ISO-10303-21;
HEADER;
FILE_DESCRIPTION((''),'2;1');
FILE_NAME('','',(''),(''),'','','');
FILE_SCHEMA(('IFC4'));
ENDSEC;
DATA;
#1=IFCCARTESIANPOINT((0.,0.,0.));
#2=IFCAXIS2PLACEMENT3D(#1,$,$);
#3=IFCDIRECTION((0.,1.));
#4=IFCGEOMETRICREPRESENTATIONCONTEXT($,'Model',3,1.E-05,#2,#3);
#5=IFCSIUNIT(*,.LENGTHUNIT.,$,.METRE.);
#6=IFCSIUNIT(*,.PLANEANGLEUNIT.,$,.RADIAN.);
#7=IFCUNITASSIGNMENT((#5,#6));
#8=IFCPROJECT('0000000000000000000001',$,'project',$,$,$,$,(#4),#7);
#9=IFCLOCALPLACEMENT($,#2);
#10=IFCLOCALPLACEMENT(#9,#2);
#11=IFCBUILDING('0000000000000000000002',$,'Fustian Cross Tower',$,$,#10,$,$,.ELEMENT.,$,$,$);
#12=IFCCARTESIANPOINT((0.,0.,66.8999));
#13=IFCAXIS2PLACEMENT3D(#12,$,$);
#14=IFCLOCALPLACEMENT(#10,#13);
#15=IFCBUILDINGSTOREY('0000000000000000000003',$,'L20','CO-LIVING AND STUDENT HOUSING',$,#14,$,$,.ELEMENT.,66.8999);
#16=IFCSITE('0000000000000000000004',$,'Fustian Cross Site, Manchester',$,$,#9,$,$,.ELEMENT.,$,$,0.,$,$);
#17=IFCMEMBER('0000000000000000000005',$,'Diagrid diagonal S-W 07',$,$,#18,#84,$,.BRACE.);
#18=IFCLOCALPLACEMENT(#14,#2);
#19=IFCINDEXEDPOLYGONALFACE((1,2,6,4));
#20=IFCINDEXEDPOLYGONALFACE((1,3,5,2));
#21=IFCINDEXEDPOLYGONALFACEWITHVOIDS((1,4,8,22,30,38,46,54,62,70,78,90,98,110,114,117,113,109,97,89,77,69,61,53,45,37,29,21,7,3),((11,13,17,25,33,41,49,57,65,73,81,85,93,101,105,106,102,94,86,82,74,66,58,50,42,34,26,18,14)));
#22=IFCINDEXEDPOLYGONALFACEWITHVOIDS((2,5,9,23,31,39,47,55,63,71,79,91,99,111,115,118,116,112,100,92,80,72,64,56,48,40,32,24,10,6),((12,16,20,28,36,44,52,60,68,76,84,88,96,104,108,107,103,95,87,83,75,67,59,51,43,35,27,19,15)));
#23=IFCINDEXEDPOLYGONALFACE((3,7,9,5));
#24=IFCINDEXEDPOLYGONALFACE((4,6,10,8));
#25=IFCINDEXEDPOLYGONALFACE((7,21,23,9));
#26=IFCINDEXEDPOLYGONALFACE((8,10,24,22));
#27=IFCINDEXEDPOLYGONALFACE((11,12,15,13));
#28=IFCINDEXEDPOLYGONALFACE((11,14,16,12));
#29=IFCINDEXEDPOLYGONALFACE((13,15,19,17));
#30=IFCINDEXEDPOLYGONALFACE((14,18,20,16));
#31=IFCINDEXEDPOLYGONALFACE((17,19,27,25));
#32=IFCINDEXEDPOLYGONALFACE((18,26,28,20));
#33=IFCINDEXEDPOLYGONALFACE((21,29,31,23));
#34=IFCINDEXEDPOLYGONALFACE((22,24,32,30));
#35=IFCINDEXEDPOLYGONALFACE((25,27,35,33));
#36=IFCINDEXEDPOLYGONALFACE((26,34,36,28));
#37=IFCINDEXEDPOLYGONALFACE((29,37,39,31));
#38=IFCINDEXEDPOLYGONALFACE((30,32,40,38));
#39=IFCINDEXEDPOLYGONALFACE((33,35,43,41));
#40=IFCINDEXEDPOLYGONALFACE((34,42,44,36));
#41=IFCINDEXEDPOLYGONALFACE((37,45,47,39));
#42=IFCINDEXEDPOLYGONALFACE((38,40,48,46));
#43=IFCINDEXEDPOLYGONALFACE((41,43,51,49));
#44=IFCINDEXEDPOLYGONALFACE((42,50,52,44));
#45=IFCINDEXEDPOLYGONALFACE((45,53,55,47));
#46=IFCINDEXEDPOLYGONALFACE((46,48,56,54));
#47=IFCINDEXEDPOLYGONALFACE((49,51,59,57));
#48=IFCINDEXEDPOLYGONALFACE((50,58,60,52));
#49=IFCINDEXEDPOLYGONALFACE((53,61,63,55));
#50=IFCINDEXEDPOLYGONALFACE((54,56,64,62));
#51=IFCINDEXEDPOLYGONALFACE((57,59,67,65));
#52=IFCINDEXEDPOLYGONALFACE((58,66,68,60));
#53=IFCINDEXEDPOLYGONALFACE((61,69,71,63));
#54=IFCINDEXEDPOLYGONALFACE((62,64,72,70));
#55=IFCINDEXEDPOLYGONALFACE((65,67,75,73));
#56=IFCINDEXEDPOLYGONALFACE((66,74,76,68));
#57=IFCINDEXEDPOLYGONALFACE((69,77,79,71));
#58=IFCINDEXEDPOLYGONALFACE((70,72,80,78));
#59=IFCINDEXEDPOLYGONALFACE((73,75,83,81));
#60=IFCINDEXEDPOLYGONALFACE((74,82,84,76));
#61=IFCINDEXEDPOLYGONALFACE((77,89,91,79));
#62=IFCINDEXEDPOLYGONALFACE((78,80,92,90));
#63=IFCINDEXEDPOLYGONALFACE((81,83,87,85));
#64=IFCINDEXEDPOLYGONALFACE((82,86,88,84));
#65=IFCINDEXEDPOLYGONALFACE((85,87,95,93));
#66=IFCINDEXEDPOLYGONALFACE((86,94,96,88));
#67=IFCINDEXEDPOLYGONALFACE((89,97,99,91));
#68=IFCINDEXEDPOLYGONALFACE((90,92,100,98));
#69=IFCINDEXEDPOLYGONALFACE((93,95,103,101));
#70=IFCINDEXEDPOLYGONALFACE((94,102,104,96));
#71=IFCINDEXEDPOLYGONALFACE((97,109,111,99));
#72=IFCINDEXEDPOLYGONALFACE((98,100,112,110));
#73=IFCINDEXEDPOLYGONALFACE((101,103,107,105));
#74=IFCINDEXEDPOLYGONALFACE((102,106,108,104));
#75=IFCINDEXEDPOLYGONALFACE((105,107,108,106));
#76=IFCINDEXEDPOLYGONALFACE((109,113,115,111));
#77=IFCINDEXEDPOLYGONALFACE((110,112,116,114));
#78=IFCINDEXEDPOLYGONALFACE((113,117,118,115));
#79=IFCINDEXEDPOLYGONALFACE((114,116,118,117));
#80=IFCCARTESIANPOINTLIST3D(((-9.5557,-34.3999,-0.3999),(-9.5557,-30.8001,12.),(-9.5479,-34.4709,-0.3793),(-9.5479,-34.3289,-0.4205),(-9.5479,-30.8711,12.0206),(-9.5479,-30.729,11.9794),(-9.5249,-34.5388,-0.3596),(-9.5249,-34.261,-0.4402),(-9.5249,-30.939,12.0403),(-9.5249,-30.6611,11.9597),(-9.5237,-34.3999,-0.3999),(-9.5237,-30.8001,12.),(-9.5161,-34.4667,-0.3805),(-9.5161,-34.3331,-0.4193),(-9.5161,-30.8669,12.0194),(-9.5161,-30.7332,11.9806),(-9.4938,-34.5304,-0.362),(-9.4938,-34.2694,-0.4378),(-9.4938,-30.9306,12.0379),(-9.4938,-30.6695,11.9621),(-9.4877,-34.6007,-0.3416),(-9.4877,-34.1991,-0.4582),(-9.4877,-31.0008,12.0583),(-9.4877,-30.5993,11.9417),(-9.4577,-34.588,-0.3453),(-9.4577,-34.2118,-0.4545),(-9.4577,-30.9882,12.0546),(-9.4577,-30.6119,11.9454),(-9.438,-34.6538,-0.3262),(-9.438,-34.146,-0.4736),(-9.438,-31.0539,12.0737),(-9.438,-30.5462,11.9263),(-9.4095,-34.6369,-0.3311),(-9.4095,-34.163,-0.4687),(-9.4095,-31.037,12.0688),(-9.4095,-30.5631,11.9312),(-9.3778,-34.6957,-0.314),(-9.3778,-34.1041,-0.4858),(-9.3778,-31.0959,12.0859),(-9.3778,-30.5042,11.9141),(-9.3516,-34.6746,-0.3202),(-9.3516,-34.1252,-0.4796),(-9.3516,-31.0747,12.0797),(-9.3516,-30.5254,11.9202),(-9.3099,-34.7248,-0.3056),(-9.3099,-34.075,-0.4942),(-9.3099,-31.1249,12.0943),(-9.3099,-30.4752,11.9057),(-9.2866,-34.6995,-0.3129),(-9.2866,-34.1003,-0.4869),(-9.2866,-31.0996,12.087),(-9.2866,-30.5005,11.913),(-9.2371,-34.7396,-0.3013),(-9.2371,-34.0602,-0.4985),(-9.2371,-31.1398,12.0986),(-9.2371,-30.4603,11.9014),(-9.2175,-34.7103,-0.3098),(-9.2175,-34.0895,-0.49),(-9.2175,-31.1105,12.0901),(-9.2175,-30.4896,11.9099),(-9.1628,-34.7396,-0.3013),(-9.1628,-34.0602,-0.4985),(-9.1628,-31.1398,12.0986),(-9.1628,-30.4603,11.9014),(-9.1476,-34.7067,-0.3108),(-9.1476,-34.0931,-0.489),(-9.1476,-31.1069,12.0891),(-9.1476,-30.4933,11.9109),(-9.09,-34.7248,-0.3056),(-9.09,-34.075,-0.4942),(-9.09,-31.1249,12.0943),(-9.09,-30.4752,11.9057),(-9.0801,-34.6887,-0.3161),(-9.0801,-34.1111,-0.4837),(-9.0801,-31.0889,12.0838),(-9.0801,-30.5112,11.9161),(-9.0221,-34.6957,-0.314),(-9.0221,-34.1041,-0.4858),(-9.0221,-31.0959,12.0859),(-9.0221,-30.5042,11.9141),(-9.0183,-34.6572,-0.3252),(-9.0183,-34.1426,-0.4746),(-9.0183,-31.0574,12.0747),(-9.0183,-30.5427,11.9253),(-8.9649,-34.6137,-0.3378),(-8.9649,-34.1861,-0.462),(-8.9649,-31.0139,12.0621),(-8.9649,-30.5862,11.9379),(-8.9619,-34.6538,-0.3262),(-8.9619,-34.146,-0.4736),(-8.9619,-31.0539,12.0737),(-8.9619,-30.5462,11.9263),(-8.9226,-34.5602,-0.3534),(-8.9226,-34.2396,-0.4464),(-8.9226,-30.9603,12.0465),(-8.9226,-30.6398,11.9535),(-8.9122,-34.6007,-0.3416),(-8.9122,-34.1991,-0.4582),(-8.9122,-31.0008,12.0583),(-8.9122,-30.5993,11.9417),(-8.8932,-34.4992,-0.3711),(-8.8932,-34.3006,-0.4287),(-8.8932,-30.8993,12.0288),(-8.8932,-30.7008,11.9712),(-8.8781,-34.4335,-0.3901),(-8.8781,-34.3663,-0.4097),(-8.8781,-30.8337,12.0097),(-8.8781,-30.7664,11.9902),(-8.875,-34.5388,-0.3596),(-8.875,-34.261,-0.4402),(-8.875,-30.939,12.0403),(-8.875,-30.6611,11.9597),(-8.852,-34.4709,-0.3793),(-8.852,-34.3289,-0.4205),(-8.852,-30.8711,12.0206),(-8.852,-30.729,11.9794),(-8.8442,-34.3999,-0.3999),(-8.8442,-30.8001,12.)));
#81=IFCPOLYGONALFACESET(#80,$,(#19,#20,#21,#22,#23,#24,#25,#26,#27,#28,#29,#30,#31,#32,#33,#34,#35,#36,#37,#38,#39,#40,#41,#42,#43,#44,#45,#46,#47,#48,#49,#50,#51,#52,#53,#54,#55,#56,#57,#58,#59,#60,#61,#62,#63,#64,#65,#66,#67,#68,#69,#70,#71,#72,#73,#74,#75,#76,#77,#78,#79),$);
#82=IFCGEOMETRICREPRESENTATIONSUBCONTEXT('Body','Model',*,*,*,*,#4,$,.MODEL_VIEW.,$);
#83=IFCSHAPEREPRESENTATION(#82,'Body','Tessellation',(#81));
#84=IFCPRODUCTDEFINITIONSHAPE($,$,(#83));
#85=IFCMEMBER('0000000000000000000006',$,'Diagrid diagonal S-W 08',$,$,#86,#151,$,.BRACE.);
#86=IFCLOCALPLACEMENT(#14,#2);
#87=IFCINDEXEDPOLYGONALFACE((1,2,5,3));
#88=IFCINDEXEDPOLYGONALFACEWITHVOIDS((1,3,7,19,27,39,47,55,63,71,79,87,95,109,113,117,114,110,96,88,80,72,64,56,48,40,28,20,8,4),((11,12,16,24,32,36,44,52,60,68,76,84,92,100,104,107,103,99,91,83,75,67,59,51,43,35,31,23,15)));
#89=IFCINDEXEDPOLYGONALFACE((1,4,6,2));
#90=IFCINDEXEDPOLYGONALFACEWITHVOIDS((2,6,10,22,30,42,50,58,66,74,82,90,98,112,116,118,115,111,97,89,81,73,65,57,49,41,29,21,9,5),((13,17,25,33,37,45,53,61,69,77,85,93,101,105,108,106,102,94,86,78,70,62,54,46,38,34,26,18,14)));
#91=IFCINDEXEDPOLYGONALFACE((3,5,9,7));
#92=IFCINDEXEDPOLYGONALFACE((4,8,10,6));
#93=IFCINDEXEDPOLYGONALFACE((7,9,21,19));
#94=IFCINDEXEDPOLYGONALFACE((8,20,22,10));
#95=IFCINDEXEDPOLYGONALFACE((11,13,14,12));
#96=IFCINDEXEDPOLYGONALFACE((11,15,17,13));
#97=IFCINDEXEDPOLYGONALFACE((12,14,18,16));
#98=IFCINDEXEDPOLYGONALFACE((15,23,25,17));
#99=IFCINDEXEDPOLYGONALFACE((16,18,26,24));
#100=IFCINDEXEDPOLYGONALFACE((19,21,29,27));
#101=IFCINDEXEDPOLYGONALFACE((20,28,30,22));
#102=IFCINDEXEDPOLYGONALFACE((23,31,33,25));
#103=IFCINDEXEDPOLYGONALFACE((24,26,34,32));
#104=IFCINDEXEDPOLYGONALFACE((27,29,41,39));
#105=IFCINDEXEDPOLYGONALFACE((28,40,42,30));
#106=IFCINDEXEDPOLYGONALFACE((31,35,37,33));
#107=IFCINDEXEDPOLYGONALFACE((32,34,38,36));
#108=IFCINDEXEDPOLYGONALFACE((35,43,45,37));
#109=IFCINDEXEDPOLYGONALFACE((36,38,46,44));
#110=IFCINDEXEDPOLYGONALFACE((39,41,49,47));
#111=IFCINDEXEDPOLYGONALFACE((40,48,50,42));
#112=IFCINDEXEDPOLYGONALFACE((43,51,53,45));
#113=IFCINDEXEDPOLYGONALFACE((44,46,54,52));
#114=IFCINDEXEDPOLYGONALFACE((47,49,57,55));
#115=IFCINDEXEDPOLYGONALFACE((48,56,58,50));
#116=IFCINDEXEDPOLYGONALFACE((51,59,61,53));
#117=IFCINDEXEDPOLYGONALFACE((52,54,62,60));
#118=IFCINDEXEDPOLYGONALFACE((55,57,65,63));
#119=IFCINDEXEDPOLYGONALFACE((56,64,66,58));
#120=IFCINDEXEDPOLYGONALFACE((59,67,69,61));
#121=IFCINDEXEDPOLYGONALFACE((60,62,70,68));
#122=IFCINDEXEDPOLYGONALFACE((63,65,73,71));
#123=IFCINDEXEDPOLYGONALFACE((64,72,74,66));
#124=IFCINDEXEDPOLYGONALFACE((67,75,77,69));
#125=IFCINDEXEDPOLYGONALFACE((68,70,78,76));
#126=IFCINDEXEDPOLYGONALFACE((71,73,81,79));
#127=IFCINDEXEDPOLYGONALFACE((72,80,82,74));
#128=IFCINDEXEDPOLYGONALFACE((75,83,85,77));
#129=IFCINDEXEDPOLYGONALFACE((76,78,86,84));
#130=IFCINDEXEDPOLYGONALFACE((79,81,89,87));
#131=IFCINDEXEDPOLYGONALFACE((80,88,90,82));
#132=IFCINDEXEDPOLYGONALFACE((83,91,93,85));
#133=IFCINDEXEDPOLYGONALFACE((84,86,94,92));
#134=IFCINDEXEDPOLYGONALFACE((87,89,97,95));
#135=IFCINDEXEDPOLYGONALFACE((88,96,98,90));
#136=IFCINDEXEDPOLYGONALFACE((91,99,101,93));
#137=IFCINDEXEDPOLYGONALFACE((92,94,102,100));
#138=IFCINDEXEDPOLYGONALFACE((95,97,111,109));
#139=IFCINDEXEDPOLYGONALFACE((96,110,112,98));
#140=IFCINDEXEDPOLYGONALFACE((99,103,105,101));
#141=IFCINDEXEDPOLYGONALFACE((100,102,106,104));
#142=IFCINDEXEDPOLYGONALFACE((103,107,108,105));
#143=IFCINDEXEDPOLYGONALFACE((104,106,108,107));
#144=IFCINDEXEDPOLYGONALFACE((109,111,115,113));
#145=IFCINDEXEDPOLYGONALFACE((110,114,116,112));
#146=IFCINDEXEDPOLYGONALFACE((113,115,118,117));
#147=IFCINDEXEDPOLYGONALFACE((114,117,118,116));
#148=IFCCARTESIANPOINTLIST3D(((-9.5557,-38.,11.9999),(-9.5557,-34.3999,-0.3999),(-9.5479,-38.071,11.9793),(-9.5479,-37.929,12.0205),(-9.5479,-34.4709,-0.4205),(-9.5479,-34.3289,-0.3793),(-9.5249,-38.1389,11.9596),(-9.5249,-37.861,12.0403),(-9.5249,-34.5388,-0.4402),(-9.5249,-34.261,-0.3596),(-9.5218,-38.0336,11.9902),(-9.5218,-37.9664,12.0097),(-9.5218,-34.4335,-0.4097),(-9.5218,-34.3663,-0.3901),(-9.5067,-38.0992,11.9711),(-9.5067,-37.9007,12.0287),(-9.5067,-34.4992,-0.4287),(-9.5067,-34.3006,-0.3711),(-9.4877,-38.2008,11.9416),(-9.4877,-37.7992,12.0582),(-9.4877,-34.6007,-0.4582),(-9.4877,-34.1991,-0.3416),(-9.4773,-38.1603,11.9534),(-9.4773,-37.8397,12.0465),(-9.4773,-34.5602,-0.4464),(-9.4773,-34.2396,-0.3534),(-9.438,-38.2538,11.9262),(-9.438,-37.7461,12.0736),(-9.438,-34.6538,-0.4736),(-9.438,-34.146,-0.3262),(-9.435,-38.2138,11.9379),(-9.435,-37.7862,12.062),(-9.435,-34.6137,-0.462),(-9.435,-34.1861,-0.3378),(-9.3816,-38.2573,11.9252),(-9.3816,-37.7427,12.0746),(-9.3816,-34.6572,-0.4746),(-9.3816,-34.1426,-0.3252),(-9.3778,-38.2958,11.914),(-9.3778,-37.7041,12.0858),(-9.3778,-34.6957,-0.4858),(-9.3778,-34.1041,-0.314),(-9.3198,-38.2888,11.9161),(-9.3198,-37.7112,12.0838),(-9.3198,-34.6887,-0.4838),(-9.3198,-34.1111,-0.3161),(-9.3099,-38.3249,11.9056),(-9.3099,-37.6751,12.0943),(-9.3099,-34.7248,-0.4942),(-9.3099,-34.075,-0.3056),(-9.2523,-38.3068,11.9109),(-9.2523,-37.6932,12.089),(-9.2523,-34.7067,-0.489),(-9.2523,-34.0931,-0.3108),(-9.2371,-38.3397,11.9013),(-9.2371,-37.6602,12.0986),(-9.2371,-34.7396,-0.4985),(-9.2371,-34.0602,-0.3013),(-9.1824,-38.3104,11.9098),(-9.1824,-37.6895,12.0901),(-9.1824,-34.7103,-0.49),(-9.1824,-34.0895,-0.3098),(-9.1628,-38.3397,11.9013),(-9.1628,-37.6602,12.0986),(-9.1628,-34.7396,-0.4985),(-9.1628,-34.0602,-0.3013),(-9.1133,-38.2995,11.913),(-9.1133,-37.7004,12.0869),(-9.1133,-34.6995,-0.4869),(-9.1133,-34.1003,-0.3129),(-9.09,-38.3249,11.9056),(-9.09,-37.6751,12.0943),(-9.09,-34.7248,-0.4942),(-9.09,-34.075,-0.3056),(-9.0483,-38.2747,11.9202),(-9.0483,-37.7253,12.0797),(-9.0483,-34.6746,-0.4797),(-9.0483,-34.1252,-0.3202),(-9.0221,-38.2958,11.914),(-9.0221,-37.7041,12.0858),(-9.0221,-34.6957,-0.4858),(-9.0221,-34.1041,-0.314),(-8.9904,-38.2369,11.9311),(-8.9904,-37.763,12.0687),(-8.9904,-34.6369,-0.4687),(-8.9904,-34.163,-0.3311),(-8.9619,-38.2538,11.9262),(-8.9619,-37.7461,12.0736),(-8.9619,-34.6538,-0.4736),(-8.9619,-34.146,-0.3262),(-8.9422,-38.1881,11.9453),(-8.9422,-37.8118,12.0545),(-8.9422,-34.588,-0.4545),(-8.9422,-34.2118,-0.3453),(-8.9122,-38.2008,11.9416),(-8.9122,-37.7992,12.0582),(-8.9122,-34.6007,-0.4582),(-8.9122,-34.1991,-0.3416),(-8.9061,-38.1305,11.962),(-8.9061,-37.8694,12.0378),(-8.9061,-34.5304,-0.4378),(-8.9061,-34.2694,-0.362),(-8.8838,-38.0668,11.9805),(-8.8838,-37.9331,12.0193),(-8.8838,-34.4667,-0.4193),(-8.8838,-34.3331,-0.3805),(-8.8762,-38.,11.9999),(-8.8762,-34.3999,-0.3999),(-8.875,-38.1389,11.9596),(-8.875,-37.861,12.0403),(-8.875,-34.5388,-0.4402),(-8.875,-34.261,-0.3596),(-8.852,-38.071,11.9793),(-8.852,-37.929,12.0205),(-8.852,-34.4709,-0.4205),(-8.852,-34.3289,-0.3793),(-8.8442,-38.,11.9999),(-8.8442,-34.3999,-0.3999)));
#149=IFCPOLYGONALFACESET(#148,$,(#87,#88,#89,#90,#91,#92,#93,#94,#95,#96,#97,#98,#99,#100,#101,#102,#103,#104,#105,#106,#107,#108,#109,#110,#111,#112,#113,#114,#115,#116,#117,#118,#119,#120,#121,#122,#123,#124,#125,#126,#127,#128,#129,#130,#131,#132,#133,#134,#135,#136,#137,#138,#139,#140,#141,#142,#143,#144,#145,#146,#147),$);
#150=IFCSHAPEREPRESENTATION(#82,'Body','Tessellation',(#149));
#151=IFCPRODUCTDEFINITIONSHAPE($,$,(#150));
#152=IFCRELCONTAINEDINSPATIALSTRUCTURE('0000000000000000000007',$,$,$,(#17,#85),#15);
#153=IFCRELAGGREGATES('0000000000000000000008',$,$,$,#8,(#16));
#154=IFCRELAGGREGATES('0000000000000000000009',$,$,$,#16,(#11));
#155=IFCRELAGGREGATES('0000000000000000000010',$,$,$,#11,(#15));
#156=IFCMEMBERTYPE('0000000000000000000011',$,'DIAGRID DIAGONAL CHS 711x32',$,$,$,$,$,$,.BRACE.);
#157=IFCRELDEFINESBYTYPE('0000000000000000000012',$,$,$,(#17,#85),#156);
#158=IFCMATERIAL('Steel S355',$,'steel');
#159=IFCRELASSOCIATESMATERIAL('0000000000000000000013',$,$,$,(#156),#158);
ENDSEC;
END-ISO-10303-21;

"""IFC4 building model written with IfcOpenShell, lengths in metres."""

from ifc_helpers import new_model, si_unit, direction, frame, origin, origin_2d, place, context, subcontext, project, spatial, hollow_circle, extrude, material, material_profile, profile_set, type_object, element, save


model = new_model("IFC4")

# Units and contexts
model_context = context("Model", 3, precision=1e-05, world=origin(), true_north=direction((0.0, 1.0)))
body_context = subcontext(model_context, "Body", "Model", "MODEL_VIEW")
ifc_project = project(units=[si_unit("LENGTHUNIT", "METRE"), si_unit("PLANEANGLEUNIT", "RADIAN")], contexts=[model_context])

# Site, building, storey
site_placement = place(None, origin())
site = spatial("IfcSite", under=ifc_project, at=site_placement, Name="Fustian Cross Site, Manchester", CompositionType="ELEMENT", RefElevation=0.0)
building_placement = place(site_placement, origin())
building = spatial("IfcBuilding", under=site, at=building_placement, Name="Fustian Cross Tower", CompositionType="ELEMENT")
storey_placement = place(building_placement, frame((0.0, 0.0, 66.8999)))
storey = spatial("IfcBuildingStorey", under=building, at=storey_placement, Name="L20", Description="CO-LIVING AND STUDENT HOUSING", CompositionType="ELEMENT", Elevation=66.8999)

# Members
ifc_material_1 = material(Name="Steel S355", Category="steel")
ifc_material_profile_1 = material_profile(ifc_material_1, hollow_circle(Radius=0.3557, WallThickness=0.032, at=origin_2d()), Name="CHS 711x32")
ifc_profile_set_1 = profile_set([ifc_material_profile_1], Name="Steel S355")
member_type_1 = type_object("IfcMemberType", Name="DIAGRID DIAGONAL CHS 711x32", PredefinedType="BRACE", material=ifc_profile_set_1)
for number, where, z_axis, x_axis, name in (
    (1, (-9.2, -34.3999, -0.3999), (0.0, 0.278802, 0.960349), (-1.0, 0.0, 0.0), "Diagrid diagonal S-W 07"),
    (2, (-9.2, -34.3999, -0.3999), (0.0, -0.278819, 0.960344), (1.0, 0.0, 0.0), "Diagrid diagonal S-W 08"),
):
    element("IfcMember", number, at=place(storey_placement, frame(where, z_axis=z_axis, x_axis=x_axis)), inside=storey, type_object=member_type_1, Name=name, PredefinedType="BRACE", context=body_context, shape_type="SweptSolid", body=[
        extrude(hollow_circle(Radius=0.3557, WallThickness=0.032, at=origin_2d()), origin(), (0.0, 0.0, 1.0), 12.9119),
    ])

save(model, "model.ifc")
